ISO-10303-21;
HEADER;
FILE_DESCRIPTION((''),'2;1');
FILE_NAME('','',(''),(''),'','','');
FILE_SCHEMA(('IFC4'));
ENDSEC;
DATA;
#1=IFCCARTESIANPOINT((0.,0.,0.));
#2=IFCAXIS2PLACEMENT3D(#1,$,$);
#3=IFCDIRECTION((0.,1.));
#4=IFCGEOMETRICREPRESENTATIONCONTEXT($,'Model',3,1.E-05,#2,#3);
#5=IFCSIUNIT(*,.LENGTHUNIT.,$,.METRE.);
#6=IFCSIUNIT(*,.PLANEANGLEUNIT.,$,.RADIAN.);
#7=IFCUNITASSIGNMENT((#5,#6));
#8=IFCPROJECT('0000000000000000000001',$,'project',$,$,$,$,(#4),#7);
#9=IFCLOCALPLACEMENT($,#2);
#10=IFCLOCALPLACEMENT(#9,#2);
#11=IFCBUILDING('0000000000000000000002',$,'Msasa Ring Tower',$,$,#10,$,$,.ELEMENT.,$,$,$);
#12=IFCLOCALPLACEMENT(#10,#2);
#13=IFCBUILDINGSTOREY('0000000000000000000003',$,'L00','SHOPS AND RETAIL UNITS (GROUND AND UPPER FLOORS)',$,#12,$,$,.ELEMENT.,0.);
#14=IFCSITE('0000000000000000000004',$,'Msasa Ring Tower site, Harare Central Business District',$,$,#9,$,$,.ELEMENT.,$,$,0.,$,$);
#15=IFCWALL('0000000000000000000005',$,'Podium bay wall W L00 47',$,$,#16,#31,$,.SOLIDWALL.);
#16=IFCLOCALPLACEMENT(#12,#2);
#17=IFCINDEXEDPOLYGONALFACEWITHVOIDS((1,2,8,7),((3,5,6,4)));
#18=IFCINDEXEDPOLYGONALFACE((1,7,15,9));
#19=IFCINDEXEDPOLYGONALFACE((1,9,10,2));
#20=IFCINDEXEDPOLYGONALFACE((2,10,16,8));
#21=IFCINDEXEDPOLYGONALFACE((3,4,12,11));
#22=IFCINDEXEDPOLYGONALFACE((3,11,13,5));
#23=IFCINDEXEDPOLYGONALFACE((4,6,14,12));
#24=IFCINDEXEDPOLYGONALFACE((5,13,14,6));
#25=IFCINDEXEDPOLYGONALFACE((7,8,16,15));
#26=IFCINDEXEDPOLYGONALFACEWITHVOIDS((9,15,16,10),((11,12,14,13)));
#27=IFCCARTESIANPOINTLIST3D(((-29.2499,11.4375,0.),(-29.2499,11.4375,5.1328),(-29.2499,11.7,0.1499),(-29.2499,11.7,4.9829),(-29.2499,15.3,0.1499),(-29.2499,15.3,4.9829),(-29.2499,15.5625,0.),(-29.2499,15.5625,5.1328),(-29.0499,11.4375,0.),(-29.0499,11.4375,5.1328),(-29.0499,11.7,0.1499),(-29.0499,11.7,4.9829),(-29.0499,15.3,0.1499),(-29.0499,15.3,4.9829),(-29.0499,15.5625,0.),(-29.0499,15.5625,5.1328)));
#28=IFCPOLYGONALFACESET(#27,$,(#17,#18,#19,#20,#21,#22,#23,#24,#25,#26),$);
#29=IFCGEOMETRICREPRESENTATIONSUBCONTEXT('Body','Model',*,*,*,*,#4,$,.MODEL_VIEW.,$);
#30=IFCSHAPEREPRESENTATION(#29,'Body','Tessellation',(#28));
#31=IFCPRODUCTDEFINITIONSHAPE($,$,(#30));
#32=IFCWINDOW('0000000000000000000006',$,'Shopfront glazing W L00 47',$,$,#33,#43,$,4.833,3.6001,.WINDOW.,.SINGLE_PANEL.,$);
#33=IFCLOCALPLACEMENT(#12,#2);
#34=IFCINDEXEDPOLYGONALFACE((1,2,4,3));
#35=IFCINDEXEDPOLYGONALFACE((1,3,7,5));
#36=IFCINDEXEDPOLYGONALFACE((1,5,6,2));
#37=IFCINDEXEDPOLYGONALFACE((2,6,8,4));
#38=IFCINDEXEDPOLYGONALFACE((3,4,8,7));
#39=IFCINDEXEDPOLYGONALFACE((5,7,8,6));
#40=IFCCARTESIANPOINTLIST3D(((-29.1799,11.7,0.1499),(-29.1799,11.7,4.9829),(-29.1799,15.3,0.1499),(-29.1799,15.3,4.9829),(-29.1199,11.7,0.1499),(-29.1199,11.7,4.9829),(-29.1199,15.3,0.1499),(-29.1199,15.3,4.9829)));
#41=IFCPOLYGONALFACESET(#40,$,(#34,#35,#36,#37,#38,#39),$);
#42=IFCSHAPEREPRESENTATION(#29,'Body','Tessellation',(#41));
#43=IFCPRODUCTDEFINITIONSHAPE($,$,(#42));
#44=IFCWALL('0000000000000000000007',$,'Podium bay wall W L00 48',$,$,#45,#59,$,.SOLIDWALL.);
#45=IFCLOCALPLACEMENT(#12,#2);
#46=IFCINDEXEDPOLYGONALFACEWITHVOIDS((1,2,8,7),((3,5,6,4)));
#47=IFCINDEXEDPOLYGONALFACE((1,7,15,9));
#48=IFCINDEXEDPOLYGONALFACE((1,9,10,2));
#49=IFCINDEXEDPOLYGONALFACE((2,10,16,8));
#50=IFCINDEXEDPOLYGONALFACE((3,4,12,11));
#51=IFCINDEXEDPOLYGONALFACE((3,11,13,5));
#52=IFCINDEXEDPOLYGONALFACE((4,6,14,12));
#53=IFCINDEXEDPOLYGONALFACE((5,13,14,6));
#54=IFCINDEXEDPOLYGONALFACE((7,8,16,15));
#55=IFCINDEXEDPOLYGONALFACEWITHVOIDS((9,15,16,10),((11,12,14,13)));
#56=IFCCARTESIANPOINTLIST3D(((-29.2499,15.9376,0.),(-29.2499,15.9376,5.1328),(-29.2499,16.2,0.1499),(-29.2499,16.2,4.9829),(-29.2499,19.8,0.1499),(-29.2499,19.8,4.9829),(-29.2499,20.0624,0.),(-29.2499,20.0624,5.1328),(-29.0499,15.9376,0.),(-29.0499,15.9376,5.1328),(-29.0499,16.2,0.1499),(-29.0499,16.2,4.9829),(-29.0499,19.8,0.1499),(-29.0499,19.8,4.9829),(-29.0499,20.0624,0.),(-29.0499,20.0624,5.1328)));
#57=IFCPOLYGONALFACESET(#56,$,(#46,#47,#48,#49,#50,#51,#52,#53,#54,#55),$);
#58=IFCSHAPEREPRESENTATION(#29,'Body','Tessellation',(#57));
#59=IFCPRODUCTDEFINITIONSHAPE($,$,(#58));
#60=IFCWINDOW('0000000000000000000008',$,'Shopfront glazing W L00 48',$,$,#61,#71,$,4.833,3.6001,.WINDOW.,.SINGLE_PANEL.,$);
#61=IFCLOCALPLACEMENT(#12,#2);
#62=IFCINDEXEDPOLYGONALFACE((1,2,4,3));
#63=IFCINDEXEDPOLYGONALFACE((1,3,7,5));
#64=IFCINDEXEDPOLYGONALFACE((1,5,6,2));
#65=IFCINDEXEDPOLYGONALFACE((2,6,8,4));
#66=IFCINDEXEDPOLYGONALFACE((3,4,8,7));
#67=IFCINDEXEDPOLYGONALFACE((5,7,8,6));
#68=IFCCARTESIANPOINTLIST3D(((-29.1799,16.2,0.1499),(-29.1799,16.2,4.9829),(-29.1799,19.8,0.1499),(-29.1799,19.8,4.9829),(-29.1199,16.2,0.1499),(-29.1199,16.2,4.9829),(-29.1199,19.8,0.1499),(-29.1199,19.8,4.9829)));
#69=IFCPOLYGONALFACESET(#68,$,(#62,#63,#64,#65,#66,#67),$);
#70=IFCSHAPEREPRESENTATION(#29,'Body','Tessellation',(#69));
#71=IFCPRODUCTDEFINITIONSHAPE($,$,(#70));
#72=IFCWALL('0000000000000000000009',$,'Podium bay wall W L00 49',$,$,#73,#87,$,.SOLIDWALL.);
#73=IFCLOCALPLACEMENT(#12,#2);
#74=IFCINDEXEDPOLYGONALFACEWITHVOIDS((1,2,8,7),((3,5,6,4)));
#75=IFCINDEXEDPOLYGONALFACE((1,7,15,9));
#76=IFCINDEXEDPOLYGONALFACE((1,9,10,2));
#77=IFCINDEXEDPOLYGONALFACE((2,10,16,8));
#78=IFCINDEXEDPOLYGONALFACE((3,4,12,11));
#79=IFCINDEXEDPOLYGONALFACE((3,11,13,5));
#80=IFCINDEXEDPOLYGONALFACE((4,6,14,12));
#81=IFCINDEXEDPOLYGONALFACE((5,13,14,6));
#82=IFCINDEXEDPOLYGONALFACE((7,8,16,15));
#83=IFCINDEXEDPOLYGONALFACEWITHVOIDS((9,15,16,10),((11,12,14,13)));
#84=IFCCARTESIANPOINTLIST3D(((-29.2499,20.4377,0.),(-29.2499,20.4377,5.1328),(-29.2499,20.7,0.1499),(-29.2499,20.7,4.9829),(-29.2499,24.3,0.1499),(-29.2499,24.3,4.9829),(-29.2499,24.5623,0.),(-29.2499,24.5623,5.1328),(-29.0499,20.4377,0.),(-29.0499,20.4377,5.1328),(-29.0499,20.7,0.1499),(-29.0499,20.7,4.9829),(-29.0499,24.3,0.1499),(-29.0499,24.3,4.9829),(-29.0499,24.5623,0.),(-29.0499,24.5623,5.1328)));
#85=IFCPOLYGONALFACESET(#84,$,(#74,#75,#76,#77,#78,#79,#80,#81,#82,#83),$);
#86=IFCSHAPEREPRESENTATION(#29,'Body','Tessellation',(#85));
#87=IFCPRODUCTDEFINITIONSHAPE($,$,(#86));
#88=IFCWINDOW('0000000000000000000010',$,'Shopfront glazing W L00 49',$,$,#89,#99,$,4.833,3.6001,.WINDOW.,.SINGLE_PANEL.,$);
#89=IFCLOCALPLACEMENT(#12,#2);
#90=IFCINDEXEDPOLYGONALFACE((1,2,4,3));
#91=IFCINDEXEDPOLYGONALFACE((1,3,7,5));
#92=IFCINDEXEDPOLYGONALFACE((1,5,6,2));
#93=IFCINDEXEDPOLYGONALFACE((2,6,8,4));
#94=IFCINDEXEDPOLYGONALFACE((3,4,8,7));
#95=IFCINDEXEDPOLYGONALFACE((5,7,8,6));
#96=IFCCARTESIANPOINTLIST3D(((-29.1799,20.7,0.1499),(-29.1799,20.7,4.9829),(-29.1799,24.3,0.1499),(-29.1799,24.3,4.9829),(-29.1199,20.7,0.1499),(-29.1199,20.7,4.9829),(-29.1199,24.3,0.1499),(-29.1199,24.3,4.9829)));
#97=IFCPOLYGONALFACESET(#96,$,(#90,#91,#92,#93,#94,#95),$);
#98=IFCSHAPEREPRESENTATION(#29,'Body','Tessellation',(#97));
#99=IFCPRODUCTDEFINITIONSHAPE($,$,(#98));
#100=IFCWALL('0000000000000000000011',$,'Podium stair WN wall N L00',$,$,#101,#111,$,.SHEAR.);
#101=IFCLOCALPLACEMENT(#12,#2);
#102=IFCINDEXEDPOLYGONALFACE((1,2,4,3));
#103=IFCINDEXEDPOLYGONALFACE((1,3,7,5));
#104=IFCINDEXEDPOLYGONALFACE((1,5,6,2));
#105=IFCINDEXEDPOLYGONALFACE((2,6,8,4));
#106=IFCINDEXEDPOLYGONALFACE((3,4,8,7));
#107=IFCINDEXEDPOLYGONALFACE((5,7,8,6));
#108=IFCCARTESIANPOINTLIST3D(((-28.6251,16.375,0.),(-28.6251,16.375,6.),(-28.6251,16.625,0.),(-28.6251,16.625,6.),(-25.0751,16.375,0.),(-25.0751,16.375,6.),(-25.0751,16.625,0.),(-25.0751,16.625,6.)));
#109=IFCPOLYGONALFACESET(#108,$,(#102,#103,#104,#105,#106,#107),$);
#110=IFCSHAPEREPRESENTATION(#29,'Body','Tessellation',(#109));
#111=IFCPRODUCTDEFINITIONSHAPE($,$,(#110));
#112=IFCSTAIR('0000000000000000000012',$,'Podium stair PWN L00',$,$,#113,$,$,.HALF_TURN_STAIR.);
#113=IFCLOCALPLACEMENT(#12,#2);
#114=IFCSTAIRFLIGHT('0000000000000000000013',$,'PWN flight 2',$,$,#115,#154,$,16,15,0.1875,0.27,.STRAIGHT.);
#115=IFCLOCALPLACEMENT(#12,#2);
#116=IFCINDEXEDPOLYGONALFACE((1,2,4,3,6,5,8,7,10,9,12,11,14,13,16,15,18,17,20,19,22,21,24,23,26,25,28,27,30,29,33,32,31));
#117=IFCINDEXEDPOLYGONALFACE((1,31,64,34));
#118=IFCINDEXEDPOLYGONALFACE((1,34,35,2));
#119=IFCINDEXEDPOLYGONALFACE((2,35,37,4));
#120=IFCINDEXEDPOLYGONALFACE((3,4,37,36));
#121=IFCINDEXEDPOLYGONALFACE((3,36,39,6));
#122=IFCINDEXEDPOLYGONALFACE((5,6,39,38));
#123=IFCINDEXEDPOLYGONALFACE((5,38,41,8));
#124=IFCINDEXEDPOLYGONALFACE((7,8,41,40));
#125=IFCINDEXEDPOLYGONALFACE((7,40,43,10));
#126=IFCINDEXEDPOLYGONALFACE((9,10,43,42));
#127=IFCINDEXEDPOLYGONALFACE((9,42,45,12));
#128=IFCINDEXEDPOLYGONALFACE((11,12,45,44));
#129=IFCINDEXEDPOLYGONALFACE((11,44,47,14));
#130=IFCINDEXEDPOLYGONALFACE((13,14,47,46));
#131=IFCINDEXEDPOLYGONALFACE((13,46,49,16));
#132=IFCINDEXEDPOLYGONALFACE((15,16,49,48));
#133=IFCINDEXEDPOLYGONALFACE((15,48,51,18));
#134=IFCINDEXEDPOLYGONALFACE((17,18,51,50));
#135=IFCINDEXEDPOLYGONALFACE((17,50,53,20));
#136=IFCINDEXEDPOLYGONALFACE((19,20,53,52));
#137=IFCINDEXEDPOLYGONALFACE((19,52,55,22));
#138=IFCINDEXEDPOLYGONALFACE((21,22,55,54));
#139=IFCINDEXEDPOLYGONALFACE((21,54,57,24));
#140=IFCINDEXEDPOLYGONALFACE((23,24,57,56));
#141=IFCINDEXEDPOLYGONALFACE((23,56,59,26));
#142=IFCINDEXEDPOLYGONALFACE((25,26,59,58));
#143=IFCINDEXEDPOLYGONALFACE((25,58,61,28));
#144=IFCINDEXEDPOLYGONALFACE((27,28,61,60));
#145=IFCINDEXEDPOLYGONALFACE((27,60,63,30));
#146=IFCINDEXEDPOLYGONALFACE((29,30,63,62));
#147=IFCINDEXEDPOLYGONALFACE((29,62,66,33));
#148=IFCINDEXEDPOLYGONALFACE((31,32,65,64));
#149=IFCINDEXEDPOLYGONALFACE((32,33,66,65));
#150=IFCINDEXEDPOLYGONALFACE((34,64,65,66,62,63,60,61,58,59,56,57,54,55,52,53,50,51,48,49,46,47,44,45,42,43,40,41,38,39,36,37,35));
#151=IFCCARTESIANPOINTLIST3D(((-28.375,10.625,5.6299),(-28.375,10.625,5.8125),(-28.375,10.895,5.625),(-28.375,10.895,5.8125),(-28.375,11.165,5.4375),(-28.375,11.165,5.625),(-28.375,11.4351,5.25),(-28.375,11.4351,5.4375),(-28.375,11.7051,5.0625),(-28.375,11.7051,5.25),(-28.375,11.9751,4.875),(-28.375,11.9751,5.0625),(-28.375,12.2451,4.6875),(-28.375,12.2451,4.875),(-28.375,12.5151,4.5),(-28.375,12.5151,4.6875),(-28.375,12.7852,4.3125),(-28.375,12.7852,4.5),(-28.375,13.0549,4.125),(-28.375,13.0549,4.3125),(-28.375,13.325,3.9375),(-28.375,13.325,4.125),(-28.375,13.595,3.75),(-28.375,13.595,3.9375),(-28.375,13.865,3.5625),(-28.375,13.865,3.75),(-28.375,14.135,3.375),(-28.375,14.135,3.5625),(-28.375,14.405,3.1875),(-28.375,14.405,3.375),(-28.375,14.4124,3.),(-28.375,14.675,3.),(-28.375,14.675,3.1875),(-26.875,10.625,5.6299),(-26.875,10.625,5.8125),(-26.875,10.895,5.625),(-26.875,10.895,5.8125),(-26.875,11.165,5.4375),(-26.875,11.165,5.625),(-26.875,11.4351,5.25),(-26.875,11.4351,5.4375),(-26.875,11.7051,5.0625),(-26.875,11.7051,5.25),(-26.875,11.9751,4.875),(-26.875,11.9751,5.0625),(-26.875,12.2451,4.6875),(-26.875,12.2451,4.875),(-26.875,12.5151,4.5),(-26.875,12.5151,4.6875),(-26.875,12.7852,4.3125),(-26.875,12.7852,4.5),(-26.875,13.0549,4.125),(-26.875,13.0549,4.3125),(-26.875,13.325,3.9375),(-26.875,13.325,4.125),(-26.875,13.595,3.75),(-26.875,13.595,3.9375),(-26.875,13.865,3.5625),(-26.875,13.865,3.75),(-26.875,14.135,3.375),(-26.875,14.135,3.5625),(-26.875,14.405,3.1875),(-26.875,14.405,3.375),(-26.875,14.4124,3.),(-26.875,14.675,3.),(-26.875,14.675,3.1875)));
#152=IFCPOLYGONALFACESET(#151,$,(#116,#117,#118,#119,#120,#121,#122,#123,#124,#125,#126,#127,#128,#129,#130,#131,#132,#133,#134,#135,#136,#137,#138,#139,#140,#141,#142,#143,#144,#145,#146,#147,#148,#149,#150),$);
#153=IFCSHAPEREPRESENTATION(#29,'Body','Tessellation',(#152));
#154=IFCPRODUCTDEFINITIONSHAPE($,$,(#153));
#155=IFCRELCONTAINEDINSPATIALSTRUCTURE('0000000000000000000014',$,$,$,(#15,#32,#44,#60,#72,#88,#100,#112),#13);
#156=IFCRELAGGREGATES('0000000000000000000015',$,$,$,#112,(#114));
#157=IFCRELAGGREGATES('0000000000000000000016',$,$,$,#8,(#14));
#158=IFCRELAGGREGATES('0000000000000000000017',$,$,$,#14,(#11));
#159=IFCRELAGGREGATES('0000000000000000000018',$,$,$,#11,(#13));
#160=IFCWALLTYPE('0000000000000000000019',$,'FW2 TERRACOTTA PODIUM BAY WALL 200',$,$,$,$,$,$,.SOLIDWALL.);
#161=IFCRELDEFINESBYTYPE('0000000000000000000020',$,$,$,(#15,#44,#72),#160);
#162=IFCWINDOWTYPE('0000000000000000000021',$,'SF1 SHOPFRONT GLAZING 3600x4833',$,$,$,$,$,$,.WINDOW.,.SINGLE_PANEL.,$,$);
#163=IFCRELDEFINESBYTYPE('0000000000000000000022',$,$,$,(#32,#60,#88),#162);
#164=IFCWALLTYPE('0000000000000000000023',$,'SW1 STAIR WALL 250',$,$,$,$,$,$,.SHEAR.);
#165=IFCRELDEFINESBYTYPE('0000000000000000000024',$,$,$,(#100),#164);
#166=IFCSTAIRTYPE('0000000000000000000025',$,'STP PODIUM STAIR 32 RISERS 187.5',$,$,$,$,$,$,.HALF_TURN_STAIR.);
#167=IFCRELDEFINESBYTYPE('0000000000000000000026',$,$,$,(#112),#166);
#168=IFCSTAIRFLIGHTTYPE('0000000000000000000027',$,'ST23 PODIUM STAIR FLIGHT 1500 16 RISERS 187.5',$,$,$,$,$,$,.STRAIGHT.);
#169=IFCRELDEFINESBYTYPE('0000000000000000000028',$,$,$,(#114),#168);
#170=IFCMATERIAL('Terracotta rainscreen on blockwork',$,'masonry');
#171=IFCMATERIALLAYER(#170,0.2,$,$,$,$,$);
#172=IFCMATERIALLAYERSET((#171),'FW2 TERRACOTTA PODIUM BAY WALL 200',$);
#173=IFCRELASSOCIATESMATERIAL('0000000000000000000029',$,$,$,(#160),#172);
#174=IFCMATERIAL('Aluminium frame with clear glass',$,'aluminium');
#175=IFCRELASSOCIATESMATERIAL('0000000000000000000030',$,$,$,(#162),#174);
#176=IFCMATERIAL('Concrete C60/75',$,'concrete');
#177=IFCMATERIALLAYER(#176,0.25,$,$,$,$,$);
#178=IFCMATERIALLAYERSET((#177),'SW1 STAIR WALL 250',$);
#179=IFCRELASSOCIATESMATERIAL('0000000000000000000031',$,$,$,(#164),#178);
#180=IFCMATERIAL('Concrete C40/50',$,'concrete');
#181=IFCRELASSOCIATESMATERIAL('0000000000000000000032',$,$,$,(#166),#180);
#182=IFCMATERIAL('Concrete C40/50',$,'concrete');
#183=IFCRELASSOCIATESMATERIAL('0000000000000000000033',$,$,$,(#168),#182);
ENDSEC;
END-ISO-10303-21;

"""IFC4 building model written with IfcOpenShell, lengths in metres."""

from ifc_helpers import new_model, si_unit, direction, frame, frame_2d, origin, place, context, subcontext, project, spatial, polyline, rectangle, outline, extrude, material, layer, layer_set, type_object, element, fill, aggregate, save


model = new_model("IFC4")

# Units and contexts
model_context = context("Model", 3, precision=1e-05, world=origin(), true_north=direction((0.0, 1.0)))
body_context = subcontext(model_context, "Body", "Model", "MODEL_VIEW")
ifc_project = project(units=[si_unit("LENGTHUNIT", "METRE"), si_unit("PLANEANGLEUNIT", "RADIAN")], contexts=[model_context])

# Site, building, storey
site_placement = place(None, origin())
site = spatial("IfcSite", under=ifc_project, at=site_placement, Name="Msasa Ring Tower site, Harare Central Business District", CompositionType="ELEMENT", RefElevation=0.0)
building_placement = place(site_placement, origin())
building = spatial("IfcBuilding", under=site, at=building_placement, Name="Msasa Ring Tower", CompositionType="ELEMENT")
storey_placement = place(building_placement, origin())
storey = spatial("IfcBuildingStorey", under=building, at=storey_placement, Name="L00", Description="SHOPS AND RETAIL UNITS (GROUND AND UPPER FLOORS)", CompositionType="ELEMENT", Elevation=0.0)

# Walls, openings, windows
ifc_material_1 = material(Name="Terracotta rainscreen on blockwork", Category="masonry")
ifc_layer_1 = layer(ifc_material_1, 0.2)
ifc_layer_set_1 = layer_set([ifc_layer_1], Name="FW2 TERRACOTTA PODIUM BAY WALL 200")
wall_type_1 = type_object("IfcWallType", Name="FW2 TERRACOTTA PODIUM BAY WALL 200", PredefinedType="SOLIDWALL", material=ifc_layer_set_1)
wall_1_placement = place(storey_placement, frame((-29.1499, 11.4375, 0.0), z_axis=(0.0, 0.0, 1.0), x_axis=(0.0, 1.0, 0.0)))
wall_1 = element("IfcWall", 1, at=wall_1_placement, inside=storey, type_object=wall_type_1, Name="Podium bay wall W L00 47", PredefinedType="SOLIDWALL", context=body_context, shape_type="SweptSolid", body=[
    extrude(rectangle(XDim=4.125, YDim=0.2, at=frame_2d((2.0625, 0.0))), origin(), (0.0, 0.0, 1.0), 5.1328),
])
opening_1_placement = place(wall_1_placement, frame((0.2625, 0.0, 0.1499)))
opening_1 = element("IfcOpeningElement", 2, at=opening_1_placement, cuts=wall_1, PredefinedType="OPENING", context=body_context, shape_type="SweptSolid", body=[
    extrude(rectangle(XDim=3.6001, YDim=4.833, at=frame_2d((1.8, 2.4165))), frame((0.0, 0.1099, 0.0), z_axis=(0.0, -1.0, 0.0), x_axis=(1.0, 0.0, 0.0)), (0.0, 0.0, 1.0), 0.22),
])
ifc_material_2 = material(Name="Aluminium frame with clear glass", Category="aluminium")
window_type = type_object("IfcWindowType", Name="SF1 SHOPFRONT GLAZING 3600x4833", PartitioningType="SINGLE_PANEL", PredefinedType="WINDOW", material=ifc_material_2)
window_1_placement = place(opening_1_placement, origin())
window_1 = element("IfcWindow", 3, at=window_1_placement, inside=storey, type_object=window_type, Name="Shopfront glazing W L00 47", OverallHeight=4.833, OverallWidth=3.6001, PartitioningType="SINGLE_PANEL", PredefinedType="WINDOW", context=body_context, shape_type="SweptSolid", body=[
    extrude(rectangle(XDim=3.6001, YDim=4.833, at=frame_2d((1.8, 2.4165))), frame((0.0, 0.03, 0.0), z_axis=(0.0, -1.0, 0.0), x_axis=(1.0, 0.0, 0.0)), (0.0, 0.0, 1.0), 0.0601),
])
fill(opening_1, window_1)
wall_2_placement = place(storey_placement, frame((-29.1499, 15.9375, 0.0), z_axis=(0.0, 0.0, 1.0), x_axis=(0.0, 1.0, 0.0)))
wall_2 = element("IfcWall", 4, at=wall_2_placement, inside=storey, type_object=wall_type_1, Name="Podium bay wall W L00 48", PredefinedType="SOLIDWALL", context=body_context, shape_type="SweptSolid", body=[
    extrude(rectangle(XDim=4.1248, YDim=0.2, at=frame_2d((2.0625, 0.0))), origin(), (0.0, 0.0, 1.0), 5.1328),
])
opening_2_placement = place(wall_2_placement, frame((0.2625, 0.0, 0.1499)))
opening_2 = element("IfcOpeningElement", 5, at=opening_2_placement, cuts=wall_2, PredefinedType="OPENING", context=body_context, shape_type="SweptSolid", body=[
    extrude(rectangle(XDim=3.6001, YDim=4.833, at=frame_2d((1.8, 2.4165))), frame((0.0, 0.1099, 0.0), z_axis=(0.0, -1.0, 0.0), x_axis=(1.0, 0.0, 0.0)), (0.0, 0.0, 1.0), 0.22),
])
window_2_placement = place(opening_2_placement, origin())
window_2 = element("IfcWindow", 6, at=window_2_placement, inside=storey, type_object=window_type, Name="Shopfront glazing W L00 48", OverallHeight=4.833, OverallWidth=3.6001, PartitioningType="SINGLE_PANEL", PredefinedType="WINDOW", context=body_context, shape_type="SweptSolid", body=[
    extrude(rectangle(XDim=3.6001, YDim=4.833, at=frame_2d((1.8, 2.4165))), frame((0.0, 0.03, 0.0), z_axis=(0.0, -1.0, 0.0), x_axis=(1.0, 0.0, 0.0)), (0.0, 0.0, 1.0), 0.0601),
])
fill(opening_2, window_2)
wall_3_placement = place(storey_placement, frame((-29.1499, 20.4377, 0.0), z_axis=(0.0, 0.0, 1.0), x_axis=(0.0, 1.0, 0.0)))
wall_3 = element("IfcWall", 7, at=wall_3_placement, inside=storey, type_object=wall_type_1, Name="Podium bay wall W L00 49", PredefinedType="SOLIDWALL", context=body_context, shape_type="SweptSolid", body=[
    extrude(rectangle(XDim=4.1245, YDim=0.2, at=frame_2d((2.0623, 0.0))), origin(), (0.0, 0.0, 1.0), 5.1328),
])
opening_3_placement = place(wall_3_placement, frame((0.2622, 0.0, 0.1499)))
opening_3 = element("IfcOpeningElement", 8, at=opening_3_placement, cuts=wall_3, PredefinedType="OPENING", context=body_context, shape_type="SweptSolid", body=[
    extrude(rectangle(XDim=3.6001, YDim=4.833, at=frame_2d((1.8, 2.4165))), frame((0.0, 0.1099, 0.0), z_axis=(0.0, -1.0, 0.0), x_axis=(1.0, 0.0, 0.0)), (0.0, 0.0, 1.0), 0.22),
])
window_3_placement = place(opening_3_placement, origin())
window_3 = element("IfcWindow", 9, at=window_3_placement, inside=storey, type_object=window_type, Name="Shopfront glazing W L00 49", OverallHeight=4.833, OverallWidth=3.6001, PartitioningType="SINGLE_PANEL", PredefinedType="WINDOW", context=body_context, shape_type="SweptSolid", body=[
    extrude(rectangle(XDim=3.6001, YDim=4.833, at=frame_2d((1.8, 2.4165))), frame((0.0, 0.03, 0.0), z_axis=(0.0, -1.0, 0.0), x_axis=(1.0, 0.0, 0.0)), (0.0, 0.0, 1.0), 0.0601),
])
fill(opening_3, window_3)

# Wall
ifc_material_3 = material(Name="Concrete C60/75", Category="concrete")
ifc_layer_2 = layer(ifc_material_3, 0.25)
ifc_layer_set_2 = layer_set([ifc_layer_2], Name="SW1 STAIR WALL 250")
wall_type_2 = type_object("IfcWallType", Name="SW1 STAIR WALL 250", PredefinedType="SHEAR", material=ifc_layer_set_2)
wall_4_placement = place(storey_placement, frame((-28.625, 16.5, 0.0), z_axis=(0.0, 0.0, 1.0), x_axis=(1.0, 0.0, 0.0)))
element("IfcWall", 10, at=wall_4_placement, inside=storey, type_object=wall_type_2, Name="Podium stair WN wall N L00", PredefinedType="SHEAR", context=body_context, shape_type="SweptSolid", body=[
    extrude(rectangle(XDim=3.55, YDim=0.25, at=frame_2d((1.7749, 0.0))), origin(), (0.0, 0.0, 1.0), 6.0),
])

# Stair, stair flight
ifc_material_4 = material(Name="Concrete C40/50", Category="concrete")
stair_type = type_object("IfcStairType", Name="STP PODIUM STAIR 32 RISERS 187.5", PredefinedType="HALF_TURN_STAIR", material=ifc_material_4)
stair_placement = place(storey_placement, origin())
stair = element("IfcStair", 11, at=stair_placement, inside=storey, type_object=stair_type, Name="Podium stair PWN L00", PredefinedType="HALF_TURN_STAIR")
ifc_material_5 = material(Name="Concrete C40/50", Category="concrete")
stair_flight_type = type_object("IfcStairFlightType", Name="ST23 PODIUM STAIR FLIGHT 1500 16 RISERS 187.5", PredefinedType="STRAIGHT", material=ifc_material_5)
stair_flight_placement = place(storey_placement, frame((-27.625, 14.675, 3.0), z_axis=(0.0, 0.0, 1.0), x_axis=(0.0, -1.0, 0.0)))
stair_flight = element("IfcStairFlight", 12, at=stair_flight_placement, type_object=stair_flight_type, Name="PWN flight 2", NumberOfRisers=16, NumberOfTreads=15, PredefinedType="STRAIGHT", RiserHeight=0.1875, TreadLength=0.27, context=body_context, shape_type="SweptSolid", body=[
    extrude(outline(polyline([(0.0, 0.0), (0.0, 0.1875), (0.27, 0.1875), (0.27, 0.375), (0.54, 0.375), (0.54, 0.5625), (0.8101, 0.5625), (0.8101, 0.75), (1.0801, 0.75), (1.0801, 0.9375), (1.3501, 0.9375), (1.3501, 1.125), (1.6201, 1.125), (1.6201, 1.3125), (1.8899, 1.3125), (1.8899, 1.5), (2.1599, 1.5), (2.1599, 1.6875), (2.4299, 1.6875), (2.4299, 1.875), (2.7, 1.875), (2.7, 2.0625), (2.97, 2.0625), (2.97, 2.25), (3.24, 2.25), (3.24, 2.4375), (3.51, 2.4375), (3.51, 2.625), (3.78, 2.625), (3.78, 2.8125), (4.05, 2.8125), (4.05, 3.0), (4.05, 2.6299), (0.2627, 0.0), (0.0, 0.0)])), frame((0.0, 0.75, 0.0), z_axis=(0.0, -1.0, 0.0), x_axis=(1.0, 0.0, 0.0)), (0.0, 0.0, 1.0), 1.5),
])
aggregate(stair, [stair_flight])

save(model, "model.ifc")
